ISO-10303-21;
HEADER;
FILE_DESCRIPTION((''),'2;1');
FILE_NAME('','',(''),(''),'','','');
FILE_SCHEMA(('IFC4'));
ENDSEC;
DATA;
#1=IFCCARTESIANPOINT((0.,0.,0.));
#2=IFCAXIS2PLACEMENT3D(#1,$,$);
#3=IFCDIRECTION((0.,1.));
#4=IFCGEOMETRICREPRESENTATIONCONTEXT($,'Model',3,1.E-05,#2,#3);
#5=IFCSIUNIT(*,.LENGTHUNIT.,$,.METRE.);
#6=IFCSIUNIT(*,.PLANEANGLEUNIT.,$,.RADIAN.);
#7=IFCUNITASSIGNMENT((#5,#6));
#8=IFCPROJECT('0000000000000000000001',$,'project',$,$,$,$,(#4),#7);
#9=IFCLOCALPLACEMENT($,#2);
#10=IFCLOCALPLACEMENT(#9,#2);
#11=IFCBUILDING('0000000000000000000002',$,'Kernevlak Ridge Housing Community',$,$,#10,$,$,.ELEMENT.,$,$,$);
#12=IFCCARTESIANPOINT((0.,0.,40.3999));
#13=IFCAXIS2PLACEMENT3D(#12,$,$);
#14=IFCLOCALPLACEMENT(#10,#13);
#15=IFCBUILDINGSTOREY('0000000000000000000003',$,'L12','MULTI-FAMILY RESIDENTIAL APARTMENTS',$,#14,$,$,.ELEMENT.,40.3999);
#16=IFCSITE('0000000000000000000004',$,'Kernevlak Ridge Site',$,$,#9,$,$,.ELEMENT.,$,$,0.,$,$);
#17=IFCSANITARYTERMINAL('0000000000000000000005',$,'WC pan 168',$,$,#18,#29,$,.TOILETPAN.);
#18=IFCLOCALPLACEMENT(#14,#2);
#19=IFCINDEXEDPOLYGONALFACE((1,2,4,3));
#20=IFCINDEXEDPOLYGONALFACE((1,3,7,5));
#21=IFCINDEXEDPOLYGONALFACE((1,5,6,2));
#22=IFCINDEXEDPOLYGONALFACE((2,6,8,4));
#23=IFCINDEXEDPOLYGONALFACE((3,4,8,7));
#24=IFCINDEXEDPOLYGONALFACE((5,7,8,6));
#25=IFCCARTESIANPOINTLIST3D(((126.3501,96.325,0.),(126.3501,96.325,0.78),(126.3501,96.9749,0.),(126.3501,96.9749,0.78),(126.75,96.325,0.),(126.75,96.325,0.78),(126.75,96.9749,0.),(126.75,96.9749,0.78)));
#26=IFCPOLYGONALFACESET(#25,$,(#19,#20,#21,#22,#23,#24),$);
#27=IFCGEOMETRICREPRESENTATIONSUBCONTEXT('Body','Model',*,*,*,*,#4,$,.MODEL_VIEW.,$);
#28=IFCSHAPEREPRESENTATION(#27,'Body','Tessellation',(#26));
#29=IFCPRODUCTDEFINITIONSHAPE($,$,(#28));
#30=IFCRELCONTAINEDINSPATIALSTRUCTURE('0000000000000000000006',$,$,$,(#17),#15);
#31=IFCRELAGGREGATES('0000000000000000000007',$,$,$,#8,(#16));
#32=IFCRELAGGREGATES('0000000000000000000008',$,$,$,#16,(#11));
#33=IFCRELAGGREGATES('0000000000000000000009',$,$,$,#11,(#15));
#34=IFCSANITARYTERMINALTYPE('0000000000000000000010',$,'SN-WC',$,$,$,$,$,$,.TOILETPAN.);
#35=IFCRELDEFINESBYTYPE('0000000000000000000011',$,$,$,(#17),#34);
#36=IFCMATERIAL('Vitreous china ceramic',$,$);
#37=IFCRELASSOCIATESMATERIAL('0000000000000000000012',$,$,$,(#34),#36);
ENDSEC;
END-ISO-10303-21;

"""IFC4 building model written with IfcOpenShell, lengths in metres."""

from ifc_helpers import new_model, si_unit, direction, frame, origin, origin_2d, place, context, subcontext, project, spatial, rectangle, extrude, material, type_object, element, save


model = new_model("IFC4")

# Units and contexts
model_context = context("Model", 3, precision=1e-05, world=origin(), true_north=direction((0.0, 1.0)))
body_context = subcontext(model_context, "Body", "Model", "MODEL_VIEW")
ifc_project = project(units=[si_unit("LENGTHUNIT", "METRE"), si_unit("PLANEANGLEUNIT", "RADIAN")], contexts=[model_context])

# Site, building, storey
site_placement = place(None, origin())
site = spatial("IfcSite", under=ifc_project, at=site_placement, Name="Kernevlak Ridge Site", CompositionType="ELEMENT", RefElevation=0.0)
building_placement = place(site_placement, origin())
building = spatial("IfcBuilding", under=site, at=building_placement, Name="Kernevlak Ridge Housing Community", CompositionType="ELEMENT")
storey_placement = place(building_placement, frame((0.0, 0.0, 40.3999)))
storey = spatial("IfcBuildingStorey", under=building, at=storey_placement, Name="L12", Description="MULTI-FAMILY RESIDENTIAL APARTMENTS", CompositionType="ELEMENT", Elevation=40.3999)

# Sanitary terminal
ifc_material_1 = material(Name="Vitreous china ceramic")
sanitary_terminal_type_1 = type_object("IfcSanitaryTerminalType", Name="SN-WC", PredefinedType="TOILETPAN", material=ifc_material_1)
sanitary_terminal_1_placement = place(storey_placement, frame((126.55, 96.6499, 0.0), z_axis=(0.0, 0.0, 1.0), x_axis=(1.0, 0.0, 0.0)))
element("IfcSanitaryTerminal", 1, at=sanitary_terminal_1_placement, inside=storey, type_object=sanitary_terminal_type_1, Name="WC pan 168", PredefinedType="TOILETPAN", context=body_context, shape_type="SweptSolid", body=[
    extrude(rectangle(XDim=0.3999, YDim=0.6499, at=origin_2d()), origin(), (0.0, 0.0, 1.0), 0.78),
])

save(model, "model.ifc")
